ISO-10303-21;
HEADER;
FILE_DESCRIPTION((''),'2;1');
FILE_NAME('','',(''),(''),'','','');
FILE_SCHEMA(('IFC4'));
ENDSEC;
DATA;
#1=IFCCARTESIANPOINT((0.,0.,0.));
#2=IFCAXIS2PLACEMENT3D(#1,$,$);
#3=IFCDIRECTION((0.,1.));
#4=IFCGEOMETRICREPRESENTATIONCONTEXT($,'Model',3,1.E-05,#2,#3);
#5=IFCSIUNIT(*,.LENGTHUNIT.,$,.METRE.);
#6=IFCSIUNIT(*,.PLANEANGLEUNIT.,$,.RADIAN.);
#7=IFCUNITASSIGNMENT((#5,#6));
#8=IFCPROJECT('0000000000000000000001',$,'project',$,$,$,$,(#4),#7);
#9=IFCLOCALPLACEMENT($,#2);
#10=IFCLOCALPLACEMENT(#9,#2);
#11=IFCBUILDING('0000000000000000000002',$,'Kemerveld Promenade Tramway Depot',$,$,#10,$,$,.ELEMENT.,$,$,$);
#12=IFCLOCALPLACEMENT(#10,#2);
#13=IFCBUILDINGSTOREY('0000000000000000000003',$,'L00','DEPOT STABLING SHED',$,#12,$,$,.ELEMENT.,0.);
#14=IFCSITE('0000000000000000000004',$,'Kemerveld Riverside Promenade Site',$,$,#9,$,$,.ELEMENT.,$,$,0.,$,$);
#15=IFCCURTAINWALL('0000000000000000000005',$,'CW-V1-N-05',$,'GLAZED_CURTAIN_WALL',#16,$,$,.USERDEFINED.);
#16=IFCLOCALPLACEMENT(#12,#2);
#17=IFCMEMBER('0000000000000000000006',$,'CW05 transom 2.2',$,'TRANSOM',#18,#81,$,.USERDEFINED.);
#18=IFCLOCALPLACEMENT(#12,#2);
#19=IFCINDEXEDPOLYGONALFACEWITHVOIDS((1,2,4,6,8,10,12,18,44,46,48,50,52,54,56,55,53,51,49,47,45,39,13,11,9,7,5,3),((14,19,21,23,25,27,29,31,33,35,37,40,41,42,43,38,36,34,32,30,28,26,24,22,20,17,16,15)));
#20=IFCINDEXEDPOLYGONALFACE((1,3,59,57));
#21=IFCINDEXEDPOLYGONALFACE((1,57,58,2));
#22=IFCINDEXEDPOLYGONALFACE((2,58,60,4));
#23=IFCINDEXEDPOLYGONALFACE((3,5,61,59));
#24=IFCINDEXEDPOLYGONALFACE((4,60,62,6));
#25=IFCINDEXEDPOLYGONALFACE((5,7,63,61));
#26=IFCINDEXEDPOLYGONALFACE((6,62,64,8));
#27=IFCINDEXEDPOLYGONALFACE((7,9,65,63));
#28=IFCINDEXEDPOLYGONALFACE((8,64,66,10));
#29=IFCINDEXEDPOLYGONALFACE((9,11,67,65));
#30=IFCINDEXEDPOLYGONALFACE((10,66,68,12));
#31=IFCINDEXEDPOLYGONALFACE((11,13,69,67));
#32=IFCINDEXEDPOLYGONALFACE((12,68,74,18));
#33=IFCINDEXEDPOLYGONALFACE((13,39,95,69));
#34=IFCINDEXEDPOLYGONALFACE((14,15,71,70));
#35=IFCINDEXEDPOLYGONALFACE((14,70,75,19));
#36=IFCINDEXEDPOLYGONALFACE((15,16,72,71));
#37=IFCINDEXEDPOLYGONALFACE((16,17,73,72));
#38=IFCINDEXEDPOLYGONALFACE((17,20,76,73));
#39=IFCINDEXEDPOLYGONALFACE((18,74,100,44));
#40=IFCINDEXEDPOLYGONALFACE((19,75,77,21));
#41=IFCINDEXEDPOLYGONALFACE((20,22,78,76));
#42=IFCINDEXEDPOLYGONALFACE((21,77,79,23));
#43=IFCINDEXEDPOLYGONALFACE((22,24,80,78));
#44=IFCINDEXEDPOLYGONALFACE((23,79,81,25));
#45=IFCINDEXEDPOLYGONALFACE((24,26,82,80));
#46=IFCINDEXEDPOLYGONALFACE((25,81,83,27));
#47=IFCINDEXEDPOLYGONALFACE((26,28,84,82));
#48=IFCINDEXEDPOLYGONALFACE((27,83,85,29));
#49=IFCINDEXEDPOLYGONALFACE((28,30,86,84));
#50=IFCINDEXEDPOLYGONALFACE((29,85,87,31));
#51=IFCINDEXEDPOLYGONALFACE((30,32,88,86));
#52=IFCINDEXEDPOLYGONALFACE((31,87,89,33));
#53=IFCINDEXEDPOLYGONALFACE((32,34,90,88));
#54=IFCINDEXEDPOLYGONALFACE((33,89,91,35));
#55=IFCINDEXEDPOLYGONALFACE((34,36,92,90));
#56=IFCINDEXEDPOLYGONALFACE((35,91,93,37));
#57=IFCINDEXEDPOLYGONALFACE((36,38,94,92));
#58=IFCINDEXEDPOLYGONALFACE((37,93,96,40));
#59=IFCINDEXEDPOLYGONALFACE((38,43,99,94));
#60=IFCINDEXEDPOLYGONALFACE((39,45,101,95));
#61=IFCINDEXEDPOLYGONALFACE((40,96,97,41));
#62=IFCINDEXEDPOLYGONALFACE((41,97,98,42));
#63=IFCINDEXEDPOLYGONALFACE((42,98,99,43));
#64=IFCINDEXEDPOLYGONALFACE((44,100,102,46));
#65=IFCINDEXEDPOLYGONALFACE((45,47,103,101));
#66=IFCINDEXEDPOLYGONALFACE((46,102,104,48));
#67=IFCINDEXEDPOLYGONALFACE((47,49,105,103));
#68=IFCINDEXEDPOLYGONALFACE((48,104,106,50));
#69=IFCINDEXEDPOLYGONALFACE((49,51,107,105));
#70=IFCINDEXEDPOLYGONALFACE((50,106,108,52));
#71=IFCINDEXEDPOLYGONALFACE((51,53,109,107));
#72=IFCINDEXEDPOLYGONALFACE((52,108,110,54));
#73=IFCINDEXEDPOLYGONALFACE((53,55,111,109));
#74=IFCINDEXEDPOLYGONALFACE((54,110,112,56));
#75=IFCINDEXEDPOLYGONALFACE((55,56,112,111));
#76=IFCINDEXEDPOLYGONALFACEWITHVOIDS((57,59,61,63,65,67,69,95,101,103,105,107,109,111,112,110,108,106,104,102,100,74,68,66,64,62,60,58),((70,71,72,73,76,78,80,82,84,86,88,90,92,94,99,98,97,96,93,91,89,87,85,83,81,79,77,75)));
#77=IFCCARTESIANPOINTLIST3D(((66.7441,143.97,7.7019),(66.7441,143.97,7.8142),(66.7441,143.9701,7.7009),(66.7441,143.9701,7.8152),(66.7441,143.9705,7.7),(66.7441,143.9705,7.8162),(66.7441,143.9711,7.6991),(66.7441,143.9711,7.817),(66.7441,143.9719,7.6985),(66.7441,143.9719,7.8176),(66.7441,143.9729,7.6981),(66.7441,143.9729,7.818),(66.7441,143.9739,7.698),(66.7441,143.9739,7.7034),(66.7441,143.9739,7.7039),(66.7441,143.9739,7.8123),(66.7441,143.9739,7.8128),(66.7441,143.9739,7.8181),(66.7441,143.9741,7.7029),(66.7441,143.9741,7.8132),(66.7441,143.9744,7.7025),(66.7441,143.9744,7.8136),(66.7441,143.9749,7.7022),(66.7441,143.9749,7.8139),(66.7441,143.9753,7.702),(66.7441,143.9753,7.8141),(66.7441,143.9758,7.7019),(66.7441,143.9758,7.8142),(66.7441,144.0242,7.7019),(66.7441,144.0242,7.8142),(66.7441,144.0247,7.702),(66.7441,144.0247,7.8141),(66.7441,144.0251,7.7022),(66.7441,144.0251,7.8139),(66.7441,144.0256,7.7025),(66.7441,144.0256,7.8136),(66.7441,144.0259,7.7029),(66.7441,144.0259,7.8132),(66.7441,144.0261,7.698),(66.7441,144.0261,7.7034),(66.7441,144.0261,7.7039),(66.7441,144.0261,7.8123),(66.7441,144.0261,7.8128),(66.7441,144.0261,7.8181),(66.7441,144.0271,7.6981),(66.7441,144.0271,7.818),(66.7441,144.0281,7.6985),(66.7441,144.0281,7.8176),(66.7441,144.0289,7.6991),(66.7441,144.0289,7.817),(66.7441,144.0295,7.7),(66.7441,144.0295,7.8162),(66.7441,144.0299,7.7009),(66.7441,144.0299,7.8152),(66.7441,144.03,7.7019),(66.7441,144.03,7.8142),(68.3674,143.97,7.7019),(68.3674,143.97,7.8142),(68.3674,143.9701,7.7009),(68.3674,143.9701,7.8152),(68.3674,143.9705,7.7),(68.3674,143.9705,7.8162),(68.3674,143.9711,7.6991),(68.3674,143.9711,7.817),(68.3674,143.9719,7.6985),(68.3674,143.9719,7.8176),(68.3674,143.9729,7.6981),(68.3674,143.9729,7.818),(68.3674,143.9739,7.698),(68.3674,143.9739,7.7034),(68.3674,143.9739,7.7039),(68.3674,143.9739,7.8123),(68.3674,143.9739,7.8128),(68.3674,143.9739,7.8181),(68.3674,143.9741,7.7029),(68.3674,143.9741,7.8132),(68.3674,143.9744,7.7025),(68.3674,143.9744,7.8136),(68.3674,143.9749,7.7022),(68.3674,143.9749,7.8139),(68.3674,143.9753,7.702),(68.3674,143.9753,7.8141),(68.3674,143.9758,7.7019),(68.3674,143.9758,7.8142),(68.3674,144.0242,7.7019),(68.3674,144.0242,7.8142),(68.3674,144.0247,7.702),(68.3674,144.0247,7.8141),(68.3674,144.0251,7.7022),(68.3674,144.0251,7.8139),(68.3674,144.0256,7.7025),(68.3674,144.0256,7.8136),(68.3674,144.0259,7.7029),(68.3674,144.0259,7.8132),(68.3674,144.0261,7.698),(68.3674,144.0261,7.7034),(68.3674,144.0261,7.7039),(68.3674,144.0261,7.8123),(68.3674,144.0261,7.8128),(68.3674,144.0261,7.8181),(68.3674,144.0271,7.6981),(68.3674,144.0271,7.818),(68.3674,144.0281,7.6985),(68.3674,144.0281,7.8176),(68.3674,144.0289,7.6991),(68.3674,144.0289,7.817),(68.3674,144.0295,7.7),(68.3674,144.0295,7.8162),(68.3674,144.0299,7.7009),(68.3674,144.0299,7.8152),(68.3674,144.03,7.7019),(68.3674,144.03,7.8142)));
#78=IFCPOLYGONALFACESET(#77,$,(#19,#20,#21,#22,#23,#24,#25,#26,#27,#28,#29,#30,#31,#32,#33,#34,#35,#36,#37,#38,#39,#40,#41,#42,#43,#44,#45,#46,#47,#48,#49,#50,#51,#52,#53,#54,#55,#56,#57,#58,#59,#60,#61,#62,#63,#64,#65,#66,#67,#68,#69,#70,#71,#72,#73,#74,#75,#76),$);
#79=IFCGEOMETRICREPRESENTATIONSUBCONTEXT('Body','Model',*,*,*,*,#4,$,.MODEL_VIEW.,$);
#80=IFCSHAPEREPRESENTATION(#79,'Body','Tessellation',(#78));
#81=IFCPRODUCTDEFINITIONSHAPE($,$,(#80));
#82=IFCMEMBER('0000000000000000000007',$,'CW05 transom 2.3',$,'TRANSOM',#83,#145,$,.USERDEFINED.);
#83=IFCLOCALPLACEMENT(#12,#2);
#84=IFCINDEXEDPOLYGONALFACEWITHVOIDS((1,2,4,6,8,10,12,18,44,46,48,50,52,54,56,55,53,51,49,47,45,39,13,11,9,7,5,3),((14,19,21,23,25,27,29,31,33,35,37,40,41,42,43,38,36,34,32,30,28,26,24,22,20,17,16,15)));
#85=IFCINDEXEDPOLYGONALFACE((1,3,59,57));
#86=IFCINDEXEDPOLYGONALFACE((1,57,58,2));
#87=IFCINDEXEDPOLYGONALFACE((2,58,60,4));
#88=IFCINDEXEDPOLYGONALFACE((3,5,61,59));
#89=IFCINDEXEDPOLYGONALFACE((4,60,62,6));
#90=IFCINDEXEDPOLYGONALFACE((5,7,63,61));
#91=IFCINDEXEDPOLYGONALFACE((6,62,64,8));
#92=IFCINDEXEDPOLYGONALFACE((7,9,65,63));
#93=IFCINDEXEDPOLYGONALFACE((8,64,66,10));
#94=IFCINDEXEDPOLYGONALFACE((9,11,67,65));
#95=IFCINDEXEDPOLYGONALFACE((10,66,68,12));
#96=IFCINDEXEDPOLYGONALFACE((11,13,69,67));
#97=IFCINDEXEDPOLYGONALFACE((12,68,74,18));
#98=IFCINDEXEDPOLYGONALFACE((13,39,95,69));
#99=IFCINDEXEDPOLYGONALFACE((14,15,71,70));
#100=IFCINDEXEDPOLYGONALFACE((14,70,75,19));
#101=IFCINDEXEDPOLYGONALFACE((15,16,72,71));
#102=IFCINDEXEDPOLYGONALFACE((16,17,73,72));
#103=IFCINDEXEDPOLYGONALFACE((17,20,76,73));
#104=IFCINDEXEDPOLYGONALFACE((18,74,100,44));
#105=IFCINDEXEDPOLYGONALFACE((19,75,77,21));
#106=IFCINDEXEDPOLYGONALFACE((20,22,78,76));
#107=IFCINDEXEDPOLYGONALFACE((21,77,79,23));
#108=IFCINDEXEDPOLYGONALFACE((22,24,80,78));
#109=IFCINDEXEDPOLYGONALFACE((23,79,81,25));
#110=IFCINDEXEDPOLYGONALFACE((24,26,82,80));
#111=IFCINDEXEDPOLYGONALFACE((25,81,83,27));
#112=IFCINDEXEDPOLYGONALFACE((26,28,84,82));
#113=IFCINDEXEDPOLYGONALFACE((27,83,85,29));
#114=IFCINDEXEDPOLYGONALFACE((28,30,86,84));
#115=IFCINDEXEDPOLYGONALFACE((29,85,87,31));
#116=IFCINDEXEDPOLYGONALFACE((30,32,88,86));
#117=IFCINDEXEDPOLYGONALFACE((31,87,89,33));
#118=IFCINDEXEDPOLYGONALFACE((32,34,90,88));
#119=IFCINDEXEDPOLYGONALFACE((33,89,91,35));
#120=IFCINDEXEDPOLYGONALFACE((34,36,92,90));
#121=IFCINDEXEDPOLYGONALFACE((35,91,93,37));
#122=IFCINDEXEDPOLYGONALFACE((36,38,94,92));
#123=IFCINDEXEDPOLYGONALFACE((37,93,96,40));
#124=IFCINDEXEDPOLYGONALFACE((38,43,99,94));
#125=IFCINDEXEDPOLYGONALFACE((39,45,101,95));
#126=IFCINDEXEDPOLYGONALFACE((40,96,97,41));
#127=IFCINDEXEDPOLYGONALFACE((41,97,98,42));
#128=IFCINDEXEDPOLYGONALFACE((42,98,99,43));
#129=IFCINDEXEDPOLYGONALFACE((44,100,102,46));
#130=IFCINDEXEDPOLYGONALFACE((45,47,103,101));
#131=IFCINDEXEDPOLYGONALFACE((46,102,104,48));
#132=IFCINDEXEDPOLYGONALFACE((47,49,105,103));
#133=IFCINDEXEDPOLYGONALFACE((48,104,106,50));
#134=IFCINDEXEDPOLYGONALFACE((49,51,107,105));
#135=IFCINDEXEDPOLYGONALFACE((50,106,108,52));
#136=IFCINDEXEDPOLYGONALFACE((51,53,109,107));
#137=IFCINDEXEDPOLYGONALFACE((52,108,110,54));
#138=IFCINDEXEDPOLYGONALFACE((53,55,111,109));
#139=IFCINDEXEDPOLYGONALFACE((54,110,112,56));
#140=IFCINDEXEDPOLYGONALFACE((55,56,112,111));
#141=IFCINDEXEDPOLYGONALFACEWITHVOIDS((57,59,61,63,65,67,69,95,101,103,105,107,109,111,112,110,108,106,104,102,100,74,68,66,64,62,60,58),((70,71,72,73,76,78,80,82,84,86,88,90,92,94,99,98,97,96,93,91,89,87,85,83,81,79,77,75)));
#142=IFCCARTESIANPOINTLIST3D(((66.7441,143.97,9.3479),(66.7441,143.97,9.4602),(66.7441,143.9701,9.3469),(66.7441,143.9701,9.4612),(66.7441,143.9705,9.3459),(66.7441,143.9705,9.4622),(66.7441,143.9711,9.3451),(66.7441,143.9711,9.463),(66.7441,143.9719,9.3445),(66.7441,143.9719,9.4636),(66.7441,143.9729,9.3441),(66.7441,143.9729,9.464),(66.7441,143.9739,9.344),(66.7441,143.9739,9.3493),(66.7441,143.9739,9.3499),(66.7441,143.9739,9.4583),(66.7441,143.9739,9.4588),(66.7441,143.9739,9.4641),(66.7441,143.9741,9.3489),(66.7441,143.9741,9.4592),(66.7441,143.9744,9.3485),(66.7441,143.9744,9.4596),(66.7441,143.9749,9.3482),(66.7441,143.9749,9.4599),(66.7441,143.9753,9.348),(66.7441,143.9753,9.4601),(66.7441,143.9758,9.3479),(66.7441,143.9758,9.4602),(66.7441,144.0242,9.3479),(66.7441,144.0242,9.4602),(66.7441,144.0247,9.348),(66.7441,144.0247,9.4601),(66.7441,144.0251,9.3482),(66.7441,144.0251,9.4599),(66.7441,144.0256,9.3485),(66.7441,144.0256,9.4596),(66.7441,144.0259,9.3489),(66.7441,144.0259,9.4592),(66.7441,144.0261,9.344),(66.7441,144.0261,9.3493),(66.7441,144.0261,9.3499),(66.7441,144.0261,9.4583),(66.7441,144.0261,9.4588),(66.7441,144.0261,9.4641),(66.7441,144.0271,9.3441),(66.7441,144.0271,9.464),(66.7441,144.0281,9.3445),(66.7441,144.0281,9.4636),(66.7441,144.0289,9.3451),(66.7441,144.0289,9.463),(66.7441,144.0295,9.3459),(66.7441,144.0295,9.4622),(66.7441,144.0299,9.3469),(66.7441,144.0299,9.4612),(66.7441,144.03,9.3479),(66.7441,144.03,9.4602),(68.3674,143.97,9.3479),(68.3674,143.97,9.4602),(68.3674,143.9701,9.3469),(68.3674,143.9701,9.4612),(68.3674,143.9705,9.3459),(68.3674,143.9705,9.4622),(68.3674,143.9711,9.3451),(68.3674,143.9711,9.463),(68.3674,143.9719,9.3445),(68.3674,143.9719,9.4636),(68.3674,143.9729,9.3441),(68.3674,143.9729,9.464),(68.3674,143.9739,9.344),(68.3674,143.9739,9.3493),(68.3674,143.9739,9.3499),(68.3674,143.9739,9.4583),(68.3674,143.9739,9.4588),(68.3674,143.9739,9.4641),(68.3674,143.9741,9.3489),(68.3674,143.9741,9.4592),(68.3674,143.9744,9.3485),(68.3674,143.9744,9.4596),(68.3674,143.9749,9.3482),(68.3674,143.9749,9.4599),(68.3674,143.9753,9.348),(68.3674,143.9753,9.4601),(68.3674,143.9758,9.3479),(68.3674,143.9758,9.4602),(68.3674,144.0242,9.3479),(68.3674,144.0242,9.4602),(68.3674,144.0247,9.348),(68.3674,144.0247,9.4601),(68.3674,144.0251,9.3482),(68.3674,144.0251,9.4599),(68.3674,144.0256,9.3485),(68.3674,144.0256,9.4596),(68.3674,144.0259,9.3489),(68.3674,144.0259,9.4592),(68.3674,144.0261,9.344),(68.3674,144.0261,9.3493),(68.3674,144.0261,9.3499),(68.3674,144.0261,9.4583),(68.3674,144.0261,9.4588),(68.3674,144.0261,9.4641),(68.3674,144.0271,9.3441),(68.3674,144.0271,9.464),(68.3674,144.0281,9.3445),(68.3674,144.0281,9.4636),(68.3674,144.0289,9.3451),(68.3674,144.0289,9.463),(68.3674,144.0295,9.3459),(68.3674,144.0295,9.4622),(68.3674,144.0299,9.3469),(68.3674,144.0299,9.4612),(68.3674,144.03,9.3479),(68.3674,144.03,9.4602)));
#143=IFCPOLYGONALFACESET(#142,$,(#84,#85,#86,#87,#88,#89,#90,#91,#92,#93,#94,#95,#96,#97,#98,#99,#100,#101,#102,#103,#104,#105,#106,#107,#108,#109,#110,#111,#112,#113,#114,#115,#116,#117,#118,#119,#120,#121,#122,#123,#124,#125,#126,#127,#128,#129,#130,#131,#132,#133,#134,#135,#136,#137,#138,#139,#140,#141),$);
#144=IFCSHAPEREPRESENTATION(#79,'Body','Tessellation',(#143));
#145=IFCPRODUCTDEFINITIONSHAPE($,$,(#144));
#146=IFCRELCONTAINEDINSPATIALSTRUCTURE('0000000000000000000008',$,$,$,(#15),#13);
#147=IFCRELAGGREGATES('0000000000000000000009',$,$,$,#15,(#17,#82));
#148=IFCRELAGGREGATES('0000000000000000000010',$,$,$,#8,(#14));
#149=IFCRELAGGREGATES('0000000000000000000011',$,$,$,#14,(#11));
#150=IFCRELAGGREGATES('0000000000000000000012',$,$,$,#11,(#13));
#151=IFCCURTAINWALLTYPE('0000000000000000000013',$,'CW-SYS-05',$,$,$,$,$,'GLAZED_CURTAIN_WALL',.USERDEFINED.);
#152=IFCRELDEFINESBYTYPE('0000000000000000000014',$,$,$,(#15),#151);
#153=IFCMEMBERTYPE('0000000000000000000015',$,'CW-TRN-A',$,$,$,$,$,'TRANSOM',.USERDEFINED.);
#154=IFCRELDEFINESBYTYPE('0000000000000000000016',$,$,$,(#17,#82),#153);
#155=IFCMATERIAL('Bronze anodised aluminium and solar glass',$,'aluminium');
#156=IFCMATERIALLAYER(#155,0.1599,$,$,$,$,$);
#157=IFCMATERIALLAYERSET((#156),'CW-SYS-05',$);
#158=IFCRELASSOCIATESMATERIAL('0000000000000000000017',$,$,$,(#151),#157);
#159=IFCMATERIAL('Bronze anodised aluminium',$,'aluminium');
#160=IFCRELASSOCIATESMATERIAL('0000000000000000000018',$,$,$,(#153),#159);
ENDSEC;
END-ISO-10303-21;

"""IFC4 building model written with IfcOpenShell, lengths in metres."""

from ifc_helpers import new_model, si_unit, direction, frame, origin, origin_2d, place, context, subcontext, project, spatial, hollow_rectangle, extrude, material, layer, layer_set, material_profile, profile_set, type_object, element, aggregate, save


model = new_model("IFC4")

# Units and contexts
model_context = context("Model", 3, precision=1e-05, world=origin(), true_north=direction((0.0, 1.0)))
body_context = subcontext(model_context, "Body", "Model", "MODEL_VIEW")
ifc_project = project(units=[si_unit("LENGTHUNIT", "METRE"), si_unit("PLANEANGLEUNIT", "RADIAN")], contexts=[model_context])

# Site, building, storey
site_placement = place(None, origin())
site = spatial("IfcSite", under=ifc_project, at=site_placement, Name="Kemerveld Riverside Promenade Site", CompositionType="ELEMENT", RefElevation=0.0)
building_placement = place(site_placement, origin())
building = spatial("IfcBuilding", under=site, at=building_placement, Name="Kemerveld Promenade Tramway Depot", CompositionType="ELEMENT")
storey_placement = place(building_placement, origin())
storey = spatial("IfcBuildingStorey", under=building, at=storey_placement, Name="L00", Description="DEPOT STABLING SHED", CompositionType="ELEMENT", Elevation=0.0)

# Curtain wall, members
ifc_material_1 = material(Name="Bronze anodised aluminium and solar glass", Category="aluminium")
ifc_layer_1 = layer(ifc_material_1, 0.1599)
ifc_layer_set_1 = layer_set([ifc_layer_1], Name="CW-SYS-05")
curtain_wall_type_1 = type_object("IfcCurtainWallType", Name="CW-SYS-05", ElementType="GLAZED_CURTAIN_WALL", PredefinedType="USERDEFINED", material=ifc_layer_set_1)
curtain_wall_1_placement = place(storey_placement, origin())
curtain_wall_1 = element("IfcCurtainWall", 1, at=curtain_wall_1_placement, inside=storey, type_object=curtain_wall_type_1, Name="CW-V1-N-05", ObjectType="GLAZED_CURTAIN_WALL", PredefinedType="USERDEFINED")
ifc_material_2 = material(Name="Bronze anodised aluminium", Category="aluminium")
ifc_material_profile_1 = material_profile(ifc_material_2, hollow_rectangle(XDim=0.0601, YDim=0.1201, WallThickness=0.0039, InnerFilletRadius=0.002, OuterFilletRadius=0.0039, at=origin_2d()), Name="CW-TRN-120x60")
ifc_profile_set_1 = profile_set([ifc_material_profile_1], Name="Bronze anodised aluminium")
member_type_1 = type_object("IfcMemberType", Name="CW-TRN-A", ElementType="TRANSOM", PredefinedType="USERDEFINED", material=ifc_profile_set_1)
member_1_placement = place(storey_placement, frame((66.7441, 144.0, 7.7581), z_axis=(1.0, 0.0, 0.0), x_axis=(0.0, 1.0, 0.0)))
member_1 = element("IfcMember", 2, at=member_1_placement, type_object=member_type_1, Name="CW05 transom 2.2", ObjectType="TRANSOM", PredefinedType="USERDEFINED", context=body_context, shape_type="SweptSolid", body=[
    extrude(hollow_rectangle(XDim=0.0601, YDim=0.1201, WallThickness=0.0039, InnerFilletRadius=0.002, OuterFilletRadius=0.0039, at=origin_2d()), origin(), (0.0, 0.0, 1.0), 1.6233),
])
member_2_placement = place(storey_placement, frame((66.7441, 144.0, 9.4041), z_axis=(1.0, 0.0, 0.0), x_axis=(0.0, 1.0, 0.0)))
member_2 = element("IfcMember", 3, at=member_2_placement, type_object=member_type_1, Name="CW05 transom 2.3", ObjectType="TRANSOM", PredefinedType="USERDEFINED", context=body_context, shape_type="SweptSolid", body=[
    extrude(hollow_rectangle(XDim=0.0601, YDim=0.1201, WallThickness=0.0039, InnerFilletRadius=0.002, OuterFilletRadius=0.0039, at=origin_2d()), origin(), (0.0, 0.0, 1.0), 1.6233),
])

aggregate(curtain_wall_1, [member_1, member_2])

save(model, "model.ifc")
